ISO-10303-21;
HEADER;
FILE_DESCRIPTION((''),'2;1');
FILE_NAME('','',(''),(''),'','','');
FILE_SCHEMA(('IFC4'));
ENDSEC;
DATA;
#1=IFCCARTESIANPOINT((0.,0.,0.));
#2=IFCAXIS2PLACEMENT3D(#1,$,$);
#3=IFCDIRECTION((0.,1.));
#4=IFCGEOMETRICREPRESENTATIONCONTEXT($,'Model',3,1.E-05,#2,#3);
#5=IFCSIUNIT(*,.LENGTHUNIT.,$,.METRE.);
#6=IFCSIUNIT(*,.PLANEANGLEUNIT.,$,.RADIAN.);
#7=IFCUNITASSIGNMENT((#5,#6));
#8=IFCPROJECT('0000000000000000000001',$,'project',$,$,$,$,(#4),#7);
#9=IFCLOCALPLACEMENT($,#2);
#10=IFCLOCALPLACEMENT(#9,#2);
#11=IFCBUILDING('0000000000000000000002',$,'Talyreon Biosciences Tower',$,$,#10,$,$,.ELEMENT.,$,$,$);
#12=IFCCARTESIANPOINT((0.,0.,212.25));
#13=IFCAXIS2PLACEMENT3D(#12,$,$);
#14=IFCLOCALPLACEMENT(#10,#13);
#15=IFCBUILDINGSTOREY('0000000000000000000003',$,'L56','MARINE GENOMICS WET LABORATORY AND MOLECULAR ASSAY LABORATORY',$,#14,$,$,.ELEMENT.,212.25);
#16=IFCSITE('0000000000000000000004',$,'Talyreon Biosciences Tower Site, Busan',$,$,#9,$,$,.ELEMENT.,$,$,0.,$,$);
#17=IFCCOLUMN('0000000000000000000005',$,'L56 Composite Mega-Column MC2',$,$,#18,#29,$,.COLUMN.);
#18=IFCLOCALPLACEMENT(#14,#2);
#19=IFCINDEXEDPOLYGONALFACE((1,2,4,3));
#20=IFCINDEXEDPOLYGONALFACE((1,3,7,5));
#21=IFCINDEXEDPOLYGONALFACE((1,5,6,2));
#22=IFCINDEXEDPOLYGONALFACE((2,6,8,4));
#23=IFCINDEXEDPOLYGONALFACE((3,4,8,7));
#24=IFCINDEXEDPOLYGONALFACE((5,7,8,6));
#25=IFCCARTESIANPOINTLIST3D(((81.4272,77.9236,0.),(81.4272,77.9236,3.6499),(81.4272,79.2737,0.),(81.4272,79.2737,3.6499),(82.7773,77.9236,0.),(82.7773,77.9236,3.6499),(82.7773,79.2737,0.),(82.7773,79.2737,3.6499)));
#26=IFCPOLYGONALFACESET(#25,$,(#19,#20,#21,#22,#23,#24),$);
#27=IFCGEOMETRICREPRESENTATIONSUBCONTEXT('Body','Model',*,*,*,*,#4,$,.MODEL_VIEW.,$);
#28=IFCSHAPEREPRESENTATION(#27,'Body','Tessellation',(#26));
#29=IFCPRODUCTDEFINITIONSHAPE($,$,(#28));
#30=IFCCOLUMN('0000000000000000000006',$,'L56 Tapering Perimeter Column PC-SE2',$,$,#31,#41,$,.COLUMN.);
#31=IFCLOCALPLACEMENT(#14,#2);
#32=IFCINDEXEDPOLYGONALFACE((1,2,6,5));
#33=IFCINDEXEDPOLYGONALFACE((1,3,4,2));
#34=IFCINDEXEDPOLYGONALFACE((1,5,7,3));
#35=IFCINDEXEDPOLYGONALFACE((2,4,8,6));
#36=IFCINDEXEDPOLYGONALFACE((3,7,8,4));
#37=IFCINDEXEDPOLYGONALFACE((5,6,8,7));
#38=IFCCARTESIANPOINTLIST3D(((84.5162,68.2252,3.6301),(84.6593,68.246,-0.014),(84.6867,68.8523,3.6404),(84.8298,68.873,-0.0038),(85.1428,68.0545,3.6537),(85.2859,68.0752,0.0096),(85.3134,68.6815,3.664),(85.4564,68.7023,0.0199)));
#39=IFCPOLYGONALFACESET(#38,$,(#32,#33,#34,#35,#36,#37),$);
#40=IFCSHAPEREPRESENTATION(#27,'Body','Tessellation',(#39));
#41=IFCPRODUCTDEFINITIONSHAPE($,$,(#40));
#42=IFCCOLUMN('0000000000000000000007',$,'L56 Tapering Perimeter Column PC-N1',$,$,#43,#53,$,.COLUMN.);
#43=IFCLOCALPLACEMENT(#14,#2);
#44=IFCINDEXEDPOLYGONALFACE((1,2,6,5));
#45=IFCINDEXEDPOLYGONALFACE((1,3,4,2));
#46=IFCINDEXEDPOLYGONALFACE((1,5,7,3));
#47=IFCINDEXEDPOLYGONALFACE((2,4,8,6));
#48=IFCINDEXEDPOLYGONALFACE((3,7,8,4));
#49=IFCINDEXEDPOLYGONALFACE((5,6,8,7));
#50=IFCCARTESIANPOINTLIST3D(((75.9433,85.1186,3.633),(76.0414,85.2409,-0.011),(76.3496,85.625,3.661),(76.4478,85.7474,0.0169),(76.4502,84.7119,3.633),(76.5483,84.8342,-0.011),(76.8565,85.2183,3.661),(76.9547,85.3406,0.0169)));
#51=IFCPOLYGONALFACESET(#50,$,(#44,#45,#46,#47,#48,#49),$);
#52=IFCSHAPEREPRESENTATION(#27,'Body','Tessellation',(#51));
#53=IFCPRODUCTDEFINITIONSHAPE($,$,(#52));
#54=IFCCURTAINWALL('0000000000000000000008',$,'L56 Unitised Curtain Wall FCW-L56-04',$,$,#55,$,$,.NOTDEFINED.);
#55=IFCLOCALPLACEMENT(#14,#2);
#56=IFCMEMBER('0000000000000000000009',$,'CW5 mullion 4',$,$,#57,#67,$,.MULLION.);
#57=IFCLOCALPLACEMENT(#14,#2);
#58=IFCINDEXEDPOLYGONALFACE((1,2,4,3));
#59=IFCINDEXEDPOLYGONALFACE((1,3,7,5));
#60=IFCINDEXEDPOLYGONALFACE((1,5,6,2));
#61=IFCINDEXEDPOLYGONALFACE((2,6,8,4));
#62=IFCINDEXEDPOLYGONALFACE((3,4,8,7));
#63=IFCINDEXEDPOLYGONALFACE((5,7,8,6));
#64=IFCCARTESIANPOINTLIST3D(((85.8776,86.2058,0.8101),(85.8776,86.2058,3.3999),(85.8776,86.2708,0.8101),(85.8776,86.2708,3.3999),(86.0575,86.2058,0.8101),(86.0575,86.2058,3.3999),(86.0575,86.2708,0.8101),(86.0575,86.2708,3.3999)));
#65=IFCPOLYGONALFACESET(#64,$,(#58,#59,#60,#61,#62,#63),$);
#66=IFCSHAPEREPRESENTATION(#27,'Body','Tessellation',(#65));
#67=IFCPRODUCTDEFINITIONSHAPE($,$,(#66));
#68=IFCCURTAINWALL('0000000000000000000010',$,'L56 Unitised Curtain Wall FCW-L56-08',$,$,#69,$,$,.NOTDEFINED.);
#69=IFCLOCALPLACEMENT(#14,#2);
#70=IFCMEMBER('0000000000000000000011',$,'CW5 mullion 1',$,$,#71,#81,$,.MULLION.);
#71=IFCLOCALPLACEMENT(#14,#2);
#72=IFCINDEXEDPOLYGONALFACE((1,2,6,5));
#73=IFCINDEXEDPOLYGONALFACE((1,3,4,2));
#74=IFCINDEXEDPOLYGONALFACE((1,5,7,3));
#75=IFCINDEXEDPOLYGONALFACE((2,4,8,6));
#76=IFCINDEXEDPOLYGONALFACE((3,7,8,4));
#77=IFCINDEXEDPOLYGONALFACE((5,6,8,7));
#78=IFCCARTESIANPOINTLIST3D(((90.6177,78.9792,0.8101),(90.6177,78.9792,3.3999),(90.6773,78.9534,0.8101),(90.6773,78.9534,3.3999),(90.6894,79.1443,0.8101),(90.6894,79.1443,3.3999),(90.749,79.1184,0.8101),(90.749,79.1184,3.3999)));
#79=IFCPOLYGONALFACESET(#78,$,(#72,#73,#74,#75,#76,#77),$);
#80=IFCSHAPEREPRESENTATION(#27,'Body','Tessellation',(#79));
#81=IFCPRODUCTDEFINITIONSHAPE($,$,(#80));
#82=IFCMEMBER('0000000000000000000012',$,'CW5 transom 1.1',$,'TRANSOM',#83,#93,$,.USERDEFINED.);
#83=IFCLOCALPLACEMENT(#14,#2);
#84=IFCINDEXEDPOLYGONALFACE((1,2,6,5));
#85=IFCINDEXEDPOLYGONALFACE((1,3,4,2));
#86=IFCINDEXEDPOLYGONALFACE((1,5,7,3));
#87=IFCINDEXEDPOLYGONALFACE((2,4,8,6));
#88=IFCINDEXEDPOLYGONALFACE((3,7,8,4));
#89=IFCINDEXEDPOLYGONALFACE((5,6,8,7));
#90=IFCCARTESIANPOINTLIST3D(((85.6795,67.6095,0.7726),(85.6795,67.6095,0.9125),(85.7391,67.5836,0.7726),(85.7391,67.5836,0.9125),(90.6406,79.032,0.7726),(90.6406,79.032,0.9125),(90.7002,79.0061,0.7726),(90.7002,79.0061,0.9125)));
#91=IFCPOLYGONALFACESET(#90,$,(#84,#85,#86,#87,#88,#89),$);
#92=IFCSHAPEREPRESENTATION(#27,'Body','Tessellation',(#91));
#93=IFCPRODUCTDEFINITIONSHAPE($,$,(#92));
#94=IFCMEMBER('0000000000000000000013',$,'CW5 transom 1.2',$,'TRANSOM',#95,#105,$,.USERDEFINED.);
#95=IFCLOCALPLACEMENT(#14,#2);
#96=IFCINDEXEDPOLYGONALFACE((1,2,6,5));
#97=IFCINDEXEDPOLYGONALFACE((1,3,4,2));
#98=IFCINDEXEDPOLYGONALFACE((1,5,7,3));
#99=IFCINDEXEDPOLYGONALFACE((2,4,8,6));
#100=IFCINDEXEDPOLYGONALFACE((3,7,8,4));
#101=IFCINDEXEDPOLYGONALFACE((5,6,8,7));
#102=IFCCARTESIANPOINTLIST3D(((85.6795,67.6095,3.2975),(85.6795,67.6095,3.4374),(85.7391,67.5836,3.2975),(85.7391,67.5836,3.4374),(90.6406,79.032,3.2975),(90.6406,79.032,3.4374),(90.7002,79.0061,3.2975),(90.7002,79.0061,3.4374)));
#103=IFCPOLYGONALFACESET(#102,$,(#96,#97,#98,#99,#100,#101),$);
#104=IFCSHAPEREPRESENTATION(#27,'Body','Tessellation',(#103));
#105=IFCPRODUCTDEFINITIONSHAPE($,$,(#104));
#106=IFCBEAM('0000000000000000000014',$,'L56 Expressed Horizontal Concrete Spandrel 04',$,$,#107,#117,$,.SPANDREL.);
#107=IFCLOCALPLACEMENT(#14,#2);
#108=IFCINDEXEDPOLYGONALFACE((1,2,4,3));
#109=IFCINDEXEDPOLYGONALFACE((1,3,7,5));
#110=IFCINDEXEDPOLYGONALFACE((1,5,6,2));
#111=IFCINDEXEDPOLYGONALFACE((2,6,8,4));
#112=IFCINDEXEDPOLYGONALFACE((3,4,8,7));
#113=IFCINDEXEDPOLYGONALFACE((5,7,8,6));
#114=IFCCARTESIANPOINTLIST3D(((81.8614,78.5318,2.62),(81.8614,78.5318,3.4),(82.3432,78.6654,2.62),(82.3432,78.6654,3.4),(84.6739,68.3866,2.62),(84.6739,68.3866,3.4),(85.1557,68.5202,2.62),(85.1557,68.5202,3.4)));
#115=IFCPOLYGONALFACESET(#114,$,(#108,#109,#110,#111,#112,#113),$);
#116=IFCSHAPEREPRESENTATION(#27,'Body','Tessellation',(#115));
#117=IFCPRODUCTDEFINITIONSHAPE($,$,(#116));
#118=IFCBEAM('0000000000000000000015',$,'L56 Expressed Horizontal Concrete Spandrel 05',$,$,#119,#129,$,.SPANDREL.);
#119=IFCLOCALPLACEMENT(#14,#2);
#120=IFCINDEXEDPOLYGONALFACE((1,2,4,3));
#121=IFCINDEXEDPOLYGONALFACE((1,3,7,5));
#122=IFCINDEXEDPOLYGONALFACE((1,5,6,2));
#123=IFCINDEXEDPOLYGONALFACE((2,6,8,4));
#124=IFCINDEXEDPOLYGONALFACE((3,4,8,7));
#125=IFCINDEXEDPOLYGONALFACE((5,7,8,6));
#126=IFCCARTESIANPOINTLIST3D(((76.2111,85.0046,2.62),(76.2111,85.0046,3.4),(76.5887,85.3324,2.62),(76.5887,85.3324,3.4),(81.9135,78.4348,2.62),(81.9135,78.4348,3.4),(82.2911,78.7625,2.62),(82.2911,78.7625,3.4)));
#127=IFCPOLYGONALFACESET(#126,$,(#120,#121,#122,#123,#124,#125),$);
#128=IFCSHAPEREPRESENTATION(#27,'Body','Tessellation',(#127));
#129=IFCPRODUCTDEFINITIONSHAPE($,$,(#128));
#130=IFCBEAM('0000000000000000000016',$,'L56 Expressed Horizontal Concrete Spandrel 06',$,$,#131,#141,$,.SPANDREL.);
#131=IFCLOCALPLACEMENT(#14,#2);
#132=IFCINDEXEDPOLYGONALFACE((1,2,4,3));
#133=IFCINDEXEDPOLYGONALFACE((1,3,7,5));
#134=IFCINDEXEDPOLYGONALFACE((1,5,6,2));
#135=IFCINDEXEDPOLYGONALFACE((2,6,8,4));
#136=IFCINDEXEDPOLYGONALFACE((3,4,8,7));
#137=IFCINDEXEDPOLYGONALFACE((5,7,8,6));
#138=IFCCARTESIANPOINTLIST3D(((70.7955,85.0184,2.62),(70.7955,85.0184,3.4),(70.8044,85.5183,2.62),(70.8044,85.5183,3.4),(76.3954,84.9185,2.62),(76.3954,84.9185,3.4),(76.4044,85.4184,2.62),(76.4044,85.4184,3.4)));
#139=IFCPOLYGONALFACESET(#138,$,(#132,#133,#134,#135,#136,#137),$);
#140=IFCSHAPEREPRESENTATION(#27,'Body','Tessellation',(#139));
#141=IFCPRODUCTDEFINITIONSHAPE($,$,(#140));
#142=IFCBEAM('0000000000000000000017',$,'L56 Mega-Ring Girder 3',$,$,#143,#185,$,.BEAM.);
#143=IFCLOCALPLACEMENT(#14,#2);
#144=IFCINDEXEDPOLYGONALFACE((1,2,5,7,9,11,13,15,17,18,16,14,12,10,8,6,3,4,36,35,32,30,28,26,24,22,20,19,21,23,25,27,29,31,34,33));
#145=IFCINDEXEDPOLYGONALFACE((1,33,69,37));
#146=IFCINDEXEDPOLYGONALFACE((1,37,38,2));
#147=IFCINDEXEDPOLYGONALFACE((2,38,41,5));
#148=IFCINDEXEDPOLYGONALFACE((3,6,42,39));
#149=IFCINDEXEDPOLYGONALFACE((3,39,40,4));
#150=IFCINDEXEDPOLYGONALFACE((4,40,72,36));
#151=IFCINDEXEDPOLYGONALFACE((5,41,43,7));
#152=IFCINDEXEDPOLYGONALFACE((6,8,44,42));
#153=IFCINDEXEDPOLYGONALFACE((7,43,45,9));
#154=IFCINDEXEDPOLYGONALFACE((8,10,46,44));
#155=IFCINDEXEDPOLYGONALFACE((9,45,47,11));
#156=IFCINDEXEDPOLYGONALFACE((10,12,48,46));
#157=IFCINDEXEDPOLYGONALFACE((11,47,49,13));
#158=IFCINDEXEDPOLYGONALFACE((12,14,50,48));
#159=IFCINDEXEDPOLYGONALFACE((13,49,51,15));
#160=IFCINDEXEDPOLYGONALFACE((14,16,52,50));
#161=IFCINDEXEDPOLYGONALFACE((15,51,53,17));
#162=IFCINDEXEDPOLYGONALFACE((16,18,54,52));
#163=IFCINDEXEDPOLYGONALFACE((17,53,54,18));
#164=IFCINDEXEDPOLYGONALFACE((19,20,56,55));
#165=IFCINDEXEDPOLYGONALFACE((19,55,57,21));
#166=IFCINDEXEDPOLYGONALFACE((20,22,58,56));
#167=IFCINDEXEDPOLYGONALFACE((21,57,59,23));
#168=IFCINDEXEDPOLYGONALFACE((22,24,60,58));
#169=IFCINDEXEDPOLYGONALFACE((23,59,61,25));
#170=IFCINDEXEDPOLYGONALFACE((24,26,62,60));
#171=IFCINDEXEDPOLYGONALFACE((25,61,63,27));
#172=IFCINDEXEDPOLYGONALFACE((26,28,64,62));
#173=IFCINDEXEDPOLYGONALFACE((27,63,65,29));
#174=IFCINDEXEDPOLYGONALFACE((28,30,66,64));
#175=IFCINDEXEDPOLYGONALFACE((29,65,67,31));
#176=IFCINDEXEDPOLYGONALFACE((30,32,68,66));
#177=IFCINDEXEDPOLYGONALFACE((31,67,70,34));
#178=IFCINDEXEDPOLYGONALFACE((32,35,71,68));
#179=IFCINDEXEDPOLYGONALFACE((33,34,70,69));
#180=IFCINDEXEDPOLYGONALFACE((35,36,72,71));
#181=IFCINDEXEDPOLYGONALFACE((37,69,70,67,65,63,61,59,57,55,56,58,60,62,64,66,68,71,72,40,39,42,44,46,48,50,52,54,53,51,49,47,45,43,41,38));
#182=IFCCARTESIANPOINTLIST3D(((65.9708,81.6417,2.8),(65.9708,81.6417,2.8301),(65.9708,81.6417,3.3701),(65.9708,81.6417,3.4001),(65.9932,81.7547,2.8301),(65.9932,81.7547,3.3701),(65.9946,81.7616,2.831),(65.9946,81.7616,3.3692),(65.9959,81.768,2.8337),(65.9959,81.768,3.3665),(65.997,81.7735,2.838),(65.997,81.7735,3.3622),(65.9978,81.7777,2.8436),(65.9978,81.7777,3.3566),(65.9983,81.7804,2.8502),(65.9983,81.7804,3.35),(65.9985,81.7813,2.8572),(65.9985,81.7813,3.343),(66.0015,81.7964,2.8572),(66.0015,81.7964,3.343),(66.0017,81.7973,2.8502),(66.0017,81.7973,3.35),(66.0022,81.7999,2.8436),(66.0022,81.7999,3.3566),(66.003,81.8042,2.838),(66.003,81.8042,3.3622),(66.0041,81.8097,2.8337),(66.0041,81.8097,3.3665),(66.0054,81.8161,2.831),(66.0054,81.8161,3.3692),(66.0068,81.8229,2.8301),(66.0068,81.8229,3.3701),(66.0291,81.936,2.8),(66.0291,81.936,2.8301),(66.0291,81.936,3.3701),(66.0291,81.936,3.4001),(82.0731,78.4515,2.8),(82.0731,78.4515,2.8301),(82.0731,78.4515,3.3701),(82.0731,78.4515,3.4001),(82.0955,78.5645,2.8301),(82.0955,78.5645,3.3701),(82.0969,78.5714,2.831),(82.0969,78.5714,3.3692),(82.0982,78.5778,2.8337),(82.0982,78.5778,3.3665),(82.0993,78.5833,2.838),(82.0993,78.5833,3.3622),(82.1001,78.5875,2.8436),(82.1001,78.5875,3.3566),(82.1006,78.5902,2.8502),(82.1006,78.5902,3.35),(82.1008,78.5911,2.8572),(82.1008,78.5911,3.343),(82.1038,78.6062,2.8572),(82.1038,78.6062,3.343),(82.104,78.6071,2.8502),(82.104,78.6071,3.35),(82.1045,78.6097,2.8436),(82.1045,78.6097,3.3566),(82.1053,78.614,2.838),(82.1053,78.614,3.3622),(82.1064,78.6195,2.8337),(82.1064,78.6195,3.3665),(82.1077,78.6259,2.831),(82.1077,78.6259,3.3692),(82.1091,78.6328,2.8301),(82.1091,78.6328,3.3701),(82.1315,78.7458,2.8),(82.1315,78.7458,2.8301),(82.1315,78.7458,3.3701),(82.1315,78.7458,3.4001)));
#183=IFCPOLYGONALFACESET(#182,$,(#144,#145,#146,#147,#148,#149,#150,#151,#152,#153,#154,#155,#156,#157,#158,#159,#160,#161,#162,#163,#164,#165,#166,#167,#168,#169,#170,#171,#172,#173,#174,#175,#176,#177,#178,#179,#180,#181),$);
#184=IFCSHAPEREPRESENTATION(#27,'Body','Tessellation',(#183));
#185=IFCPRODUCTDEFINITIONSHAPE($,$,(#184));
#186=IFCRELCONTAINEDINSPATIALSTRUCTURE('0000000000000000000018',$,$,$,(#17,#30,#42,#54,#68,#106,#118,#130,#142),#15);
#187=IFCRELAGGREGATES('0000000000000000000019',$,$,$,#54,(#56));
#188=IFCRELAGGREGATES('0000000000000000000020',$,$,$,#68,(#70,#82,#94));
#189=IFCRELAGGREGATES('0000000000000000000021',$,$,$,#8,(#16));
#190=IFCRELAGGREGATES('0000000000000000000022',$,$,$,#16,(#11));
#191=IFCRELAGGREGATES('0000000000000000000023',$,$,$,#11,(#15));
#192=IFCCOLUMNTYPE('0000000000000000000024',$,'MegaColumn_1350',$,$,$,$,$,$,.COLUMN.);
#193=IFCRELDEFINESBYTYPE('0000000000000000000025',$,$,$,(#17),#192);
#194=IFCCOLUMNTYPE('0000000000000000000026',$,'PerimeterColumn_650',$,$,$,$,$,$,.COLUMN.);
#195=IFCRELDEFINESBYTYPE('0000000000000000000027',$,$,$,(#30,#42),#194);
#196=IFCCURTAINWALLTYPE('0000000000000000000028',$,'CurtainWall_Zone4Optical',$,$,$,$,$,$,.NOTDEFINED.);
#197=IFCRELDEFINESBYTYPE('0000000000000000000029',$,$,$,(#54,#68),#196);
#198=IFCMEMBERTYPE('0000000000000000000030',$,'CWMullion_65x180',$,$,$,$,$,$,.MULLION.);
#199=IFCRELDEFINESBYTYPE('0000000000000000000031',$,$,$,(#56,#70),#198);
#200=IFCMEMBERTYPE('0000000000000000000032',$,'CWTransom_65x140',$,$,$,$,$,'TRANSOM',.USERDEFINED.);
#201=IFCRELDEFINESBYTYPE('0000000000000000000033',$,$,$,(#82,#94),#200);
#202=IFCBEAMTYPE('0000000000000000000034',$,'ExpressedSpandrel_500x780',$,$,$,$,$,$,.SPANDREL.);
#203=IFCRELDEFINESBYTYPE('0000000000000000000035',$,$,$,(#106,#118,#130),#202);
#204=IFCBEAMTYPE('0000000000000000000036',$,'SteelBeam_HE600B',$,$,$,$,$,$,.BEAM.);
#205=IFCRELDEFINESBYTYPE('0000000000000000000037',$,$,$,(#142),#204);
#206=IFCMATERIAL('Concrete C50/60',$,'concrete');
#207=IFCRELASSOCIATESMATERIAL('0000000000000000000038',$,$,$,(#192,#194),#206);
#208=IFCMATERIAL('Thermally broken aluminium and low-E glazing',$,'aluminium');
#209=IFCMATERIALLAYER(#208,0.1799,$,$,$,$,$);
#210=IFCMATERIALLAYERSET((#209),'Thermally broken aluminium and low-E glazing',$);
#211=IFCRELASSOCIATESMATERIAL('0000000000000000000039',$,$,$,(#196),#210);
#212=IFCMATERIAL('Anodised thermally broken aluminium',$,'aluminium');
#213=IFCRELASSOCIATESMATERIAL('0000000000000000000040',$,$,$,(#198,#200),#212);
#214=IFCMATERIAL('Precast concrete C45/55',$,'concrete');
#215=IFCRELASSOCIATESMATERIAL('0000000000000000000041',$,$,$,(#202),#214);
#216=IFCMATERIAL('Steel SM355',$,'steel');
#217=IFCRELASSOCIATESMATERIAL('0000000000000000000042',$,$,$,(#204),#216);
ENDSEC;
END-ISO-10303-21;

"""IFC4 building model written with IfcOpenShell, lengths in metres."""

from ifc_helpers import new_model, si_unit, direction, frame, origin, origin_2d, place, context, subcontext, project, spatial, rectangle, i_section, extrude, material, layer, layer_set, material_profile, profile_set, type_object, element, aggregate, save


model = new_model("IFC4")

# Units and contexts
model_context = context("Model", 3, precision=1e-05, world=origin(), true_north=direction((0.0, 1.0)))
body_context = subcontext(model_context, "Body", "Model", "MODEL_VIEW")
ifc_project = project(units=[si_unit("LENGTHUNIT", "METRE"), si_unit("PLANEANGLEUNIT", "RADIAN")], contexts=[model_context])

# Site, building, storey
site_placement = place(None, origin())
site = spatial("IfcSite", under=ifc_project, at=site_placement, Name="Talyreon Biosciences Tower Site, Busan", CompositionType="ELEMENT", RefElevation=0.0)
building_placement = place(site_placement, origin())
building = spatial("IfcBuilding", under=site, at=building_placement, Name="Talyreon Biosciences Tower", CompositionType="ELEMENT")
storey_placement = place(building_placement, frame((0.0, 0.0, 212.25)))
storey = spatial("IfcBuildingStorey", under=building, at=storey_placement, Name="L56", Description="MARINE GENOMICS WET LABORATORY AND MOLECULAR ASSAY LABORATORY", CompositionType="ELEMENT", Elevation=212.25)

# Columns
ifc_material_1 = material(Name="Concrete C50/60", Category="concrete")
ifc_material_profile_1 = material_profile(ifc_material_1, rectangle(XDim=1.3501, YDim=1.3501, at=origin_2d()), Name="RC 1350x1350")
ifc_profile_set_1 = profile_set([ifc_material_profile_1], Name="Concrete C50/60")
column_type_1 = type_object("IfcColumnType", Name="MegaColumn_1350", PredefinedType="COLUMN", material=ifc_profile_set_1)
column_1_placement = place(storey_placement, frame((82.1023, 78.5986, 0.0), z_axis=(0.0, 0.0, 1.0), x_axis=(1.0, 0.0, 0.0)))
element("IfcColumn", 1, at=column_1_placement, inside=storey, type_object=column_type_1, Name="L56 Composite Mega-Column MC2", PredefinedType="COLUMN", context=body_context, shape_type="SweptSolid", body=[
    extrude(rectangle(XDim=1.3501, YDim=1.3501, at=origin_2d()), origin(), (0.0, 0.0, 1.0), 3.6499),
])
ifc_material_profile_2 = material_profile(ifc_material_1, rectangle(XDim=0.6499, YDim=0.6499, at=origin_2d()), Name="RC 650x650")
ifc_profile_set_2 = profile_set([ifc_material_profile_2], Name="Concrete C50/60")
column_type_2 = type_object("IfcColumnType", Name="PerimeterColumn_650", PredefinedType="COLUMN", material=ifc_profile_set_2)
column_2_placement = place(storey_placement, frame((85.0579, 68.4741, 0.0029), z_axis=(-0.039229, -0.00569, 0.999214), x_axis=(0.964171, -0.262777, 0.036357)))
element("IfcColumn", 2, at=column_2_placement, inside=storey, type_object=column_type_2, Name="L56 Tapering Perimeter Column PC-SE2", PredefinedType="COLUMN", context=body_context, shape_type="SweptSolid", body=[
    extrude(rectangle(XDim=0.6499, YDim=0.6499, at=origin_2d()), origin(), (0.0, 0.0, 1.0), 3.647),
])
column_3_placement = place(storey_placement, frame((76.498, 85.2908, 0.0029), z_axis=(-0.026908, -0.033535, 0.999075), x_axis=(-0.779957, 0.625834, 0.0)))
element("IfcColumn", 3, at=column_3_placement, inside=storey, type_object=column_type_2, Name="L56 Tapering Perimeter Column PC-N1", PredefinedType="COLUMN", context=body_context, shape_type="SweptSolid", body=[
    extrude(rectangle(XDim=0.6499, YDim=0.6499, at=origin_2d()), origin(), (0.0, 0.0, 1.0), 3.6475),
])

# Curtain wall, member
ifc_material_2 = material(Name="Thermally broken aluminium and low-E glazing", Category="aluminium")
ifc_layer_1 = layer(ifc_material_2, 0.1799)
ifc_layer_set_1 = layer_set([ifc_layer_1], Name="Thermally broken aluminium and low-E glazing")
curtain_wall_type = type_object("IfcCurtainWallType", Name="CurtainWall_Zone4Optical", PredefinedType="NOTDEFINED", material=ifc_layer_set_1)
curtain_wall_1_placement = place(storey_placement, origin())
curtain_wall_1 = element("IfcCurtainWall", 4, at=curtain_wall_1_placement, inside=storey, type_object=curtain_wall_type, Name="L56 Unitised Curtain Wall FCW-L56-04", PredefinedType="NOTDEFINED")
ifc_material_3 = material(Name="Anodised thermally broken aluminium", Category="aluminium")
ifc_material_profile_3 = material_profile(ifc_material_3, rectangle(XDim=0.0649, YDim=0.1799, at=origin_2d()), Name="ALUM MULLION 65x180")
ifc_profile_set_3 = profile_set([ifc_material_profile_3], Name="Anodised thermally broken aluminium")
member_type_1 = type_object("IfcMemberType", Name="CWMullion_65x180", PredefinedType="MULLION", material=ifc_profile_set_3)
member_1_placement = place(storey_placement, frame((85.9675, 86.2383, 0.8101), z_axis=(0.0, 0.0, 1.0), x_axis=(0.0, 1.0, 0.0)))
member_1 = element("IfcMember", 5, at=member_1_placement, type_object=member_type_1, Name="CW5 mullion 4", PredefinedType="MULLION", context=body_context, shape_type="SweptSolid", body=[
    extrude(rectangle(XDim=0.0649, YDim=0.1799, at=origin_2d()), origin(), (0.0, 0.0, 1.0), 2.5898),
])

# Curtain wall, members
curtain_wall_2_placement = place(storey_placement, origin())
curtain_wall_2 = element("IfcCurtainWall", 6, at=curtain_wall_2_placement, inside=storey, type_object=curtain_wall_type, Name="L56 Unitised Curtain Wall FCW-L56-08", PredefinedType="NOTDEFINED")
member_2_placement = place(storey_placement, frame((90.6833, 79.0488, 0.8101), z_axis=(0.0, 0.0, 1.0), x_axis=(0.917222, -0.398376, 0.0)))
member_2 = element("IfcMember", 7, at=member_2_placement, type_object=member_type_1, Name="CW5 mullion 1", PredefinedType="MULLION", context=body_context, shape_type="SweptSolid", body=[
    extrude(rectangle(XDim=0.0649, YDim=0.1799, at=origin_2d()), origin(), (0.0, 0.0, 1.0), 2.5898),
])
ifc_material_profile_4 = material_profile(ifc_material_3, rectangle(XDim=0.0649, YDim=0.1399, at=origin_2d()), Name="ALUM TRANSOM 65x140")
ifc_profile_set_4 = profile_set([ifc_material_profile_4], Name="Anodised thermally broken aluminium")
member_type_2 = type_object("IfcMemberType", Name="CWTransom_65x140", ElementType="TRANSOM", PredefinedType="USERDEFINED", material=ifc_profile_set_4)
member_3_placement = place(storey_placement, frame((90.6704, 79.019, 0.8425), z_axis=(-0.398377, -0.917222, 0.0), x_axis=(0.917222, -0.398377, 0.0)))
member_3 = element("IfcMember", 8, at=member_3_placement, type_object=member_type_2, Name="CW5 transom 1.1", ObjectType="TRANSOM", PredefinedType="USERDEFINED", context=body_context, shape_type="SweptSolid", body=[
    extrude(rectangle(XDim=0.0649, YDim=0.1399, at=origin_2d()), origin(), (0.0, 0.0, 1.0), 12.4534),
])
member_4_placement = place(storey_placement, frame((90.6704, 79.019, 3.3674), z_axis=(-0.398377, -0.917222, 0.0), x_axis=(0.917222, -0.398377, 0.0)))
member_4 = element("IfcMember", 9, at=member_4_placement, type_object=member_type_2, Name="CW5 transom 1.2", ObjectType="TRANSOM", PredefinedType="USERDEFINED", context=body_context, shape_type="SweptSolid", body=[
    extrude(rectangle(XDim=0.0649, YDim=0.1399, at=origin_2d()), origin(), (0.0, 0.0, 1.0), 12.4534),
])

# Beams
ifc_material_4 = material(Name="Precast concrete C45/55", Category="concrete")
ifc_material_profile_5 = material_profile(ifc_material_4, rectangle(XDim=0.5, YDim=0.78, at=origin_2d()), Name="RCB 500x780")
ifc_profile_set_5 = profile_set([ifc_material_profile_5], Name="Precast concrete C45/55")
beam_type_1 = type_object("IfcBeamType", Name="ExpressedSpandrel_500x780", PredefinedType="SPANDREL", material=ifc_profile_set_5)
beam_1_placement = place(storey_placement, frame((84.9148, 68.4534, 3.01), z_axis=(-0.267147, 0.963656, 0.0), x_axis=(-0.963656, -0.267147, 0.0)))
element("IfcBeam", 10, at=beam_1_placement, inside=storey, type_object=beam_type_1, Name="L56 Expressed Horizontal Concrete Spandrel 04", PredefinedType="SPANDREL", context=body_context, shape_type="SweptSolid", body=[
    extrude(rectangle(XDim=0.5, YDim=0.78, at=origin_2d()), origin(), (0.0, 0.0, 1.0), 10.5278),
])
beam_2_placement = place(storey_placement, frame((82.1023, 78.5986, 3.01), z_axis=(-0.655491, 0.755203, 0.0), x_axis=(-0.755203, -0.655491, 0.0)))
element("IfcBeam", 11, at=beam_2_placement, inside=storey, type_object=beam_type_1, Name="L56 Expressed Horizontal Concrete Spandrel 05", PredefinedType="SPANDREL", context=body_context, shape_type="SweptSolid", body=[
    extrude(rectangle(XDim=0.5, YDim=0.78, at=origin_2d()), origin(), (0.0, 0.0, 1.0), 8.6995),
])
beam_3_placement = place(storey_placement, frame((76.3999, 85.1685, 3.01), z_axis=(-0.999841, 0.017829, 0.0), x_axis=(-0.017829, -0.999841, 0.0)))
element("IfcBeam", 12, at=beam_3_placement, inside=storey, type_object=beam_type_1, Name="L56 Expressed Horizontal Concrete Spandrel 06", PredefinedType="SPANDREL", context=body_context, shape_type="SweptSolid", body=[
    extrude(rectangle(XDim=0.5, YDim=0.78, at=origin_2d()), origin(), (0.0, 0.0, 1.0), 5.6008),
])
ifc_material_5 = material(Name="Steel SM355", Category="steel")
ifc_material_profile_6 = material_profile(ifc_material_5, i_section(OverallWidth=0.3, OverallDepth=0.6001, WebThickness=0.0154, FlangeThickness=0.03, FilletRadius=0.0271, at=origin_2d()), Name="HE600B")
ifc_profile_set_6 = profile_set([ifc_material_profile_6], Name="Steel SM355")
beam_type_2 = type_object("IfcBeamType", Name="SteelBeam_HE600B", PredefinedType="BEAM", material=ifc_profile_set_6)
beam_4_placement = place(storey_placement, frame((82.1023, 78.5986, 3.1001), z_axis=(-0.980934, 0.194343, 0.0), x_axis=(-0.194343, -0.980934, 0.0)))
element("IfcBeam", 13, at=beam_4_placement, inside=storey, type_object=beam_type_2, Name="L56 Mega-Ring Girder 3", PredefinedType="BEAM", context=body_context, shape_type="SweptSolid", body=[
    extrude(i_section(OverallWidth=0.3, OverallDepth=0.6001, WebThickness=0.0154, FlangeThickness=0.03, FilletRadius=0.0271, at=origin_2d()), origin(), (0.0, 0.0, 1.0), 16.4153),
])

aggregate(curtain_wall_1, [member_1])
aggregate(curtain_wall_2, [member_2, member_3, member_4])

save(model, "model.ifc")
